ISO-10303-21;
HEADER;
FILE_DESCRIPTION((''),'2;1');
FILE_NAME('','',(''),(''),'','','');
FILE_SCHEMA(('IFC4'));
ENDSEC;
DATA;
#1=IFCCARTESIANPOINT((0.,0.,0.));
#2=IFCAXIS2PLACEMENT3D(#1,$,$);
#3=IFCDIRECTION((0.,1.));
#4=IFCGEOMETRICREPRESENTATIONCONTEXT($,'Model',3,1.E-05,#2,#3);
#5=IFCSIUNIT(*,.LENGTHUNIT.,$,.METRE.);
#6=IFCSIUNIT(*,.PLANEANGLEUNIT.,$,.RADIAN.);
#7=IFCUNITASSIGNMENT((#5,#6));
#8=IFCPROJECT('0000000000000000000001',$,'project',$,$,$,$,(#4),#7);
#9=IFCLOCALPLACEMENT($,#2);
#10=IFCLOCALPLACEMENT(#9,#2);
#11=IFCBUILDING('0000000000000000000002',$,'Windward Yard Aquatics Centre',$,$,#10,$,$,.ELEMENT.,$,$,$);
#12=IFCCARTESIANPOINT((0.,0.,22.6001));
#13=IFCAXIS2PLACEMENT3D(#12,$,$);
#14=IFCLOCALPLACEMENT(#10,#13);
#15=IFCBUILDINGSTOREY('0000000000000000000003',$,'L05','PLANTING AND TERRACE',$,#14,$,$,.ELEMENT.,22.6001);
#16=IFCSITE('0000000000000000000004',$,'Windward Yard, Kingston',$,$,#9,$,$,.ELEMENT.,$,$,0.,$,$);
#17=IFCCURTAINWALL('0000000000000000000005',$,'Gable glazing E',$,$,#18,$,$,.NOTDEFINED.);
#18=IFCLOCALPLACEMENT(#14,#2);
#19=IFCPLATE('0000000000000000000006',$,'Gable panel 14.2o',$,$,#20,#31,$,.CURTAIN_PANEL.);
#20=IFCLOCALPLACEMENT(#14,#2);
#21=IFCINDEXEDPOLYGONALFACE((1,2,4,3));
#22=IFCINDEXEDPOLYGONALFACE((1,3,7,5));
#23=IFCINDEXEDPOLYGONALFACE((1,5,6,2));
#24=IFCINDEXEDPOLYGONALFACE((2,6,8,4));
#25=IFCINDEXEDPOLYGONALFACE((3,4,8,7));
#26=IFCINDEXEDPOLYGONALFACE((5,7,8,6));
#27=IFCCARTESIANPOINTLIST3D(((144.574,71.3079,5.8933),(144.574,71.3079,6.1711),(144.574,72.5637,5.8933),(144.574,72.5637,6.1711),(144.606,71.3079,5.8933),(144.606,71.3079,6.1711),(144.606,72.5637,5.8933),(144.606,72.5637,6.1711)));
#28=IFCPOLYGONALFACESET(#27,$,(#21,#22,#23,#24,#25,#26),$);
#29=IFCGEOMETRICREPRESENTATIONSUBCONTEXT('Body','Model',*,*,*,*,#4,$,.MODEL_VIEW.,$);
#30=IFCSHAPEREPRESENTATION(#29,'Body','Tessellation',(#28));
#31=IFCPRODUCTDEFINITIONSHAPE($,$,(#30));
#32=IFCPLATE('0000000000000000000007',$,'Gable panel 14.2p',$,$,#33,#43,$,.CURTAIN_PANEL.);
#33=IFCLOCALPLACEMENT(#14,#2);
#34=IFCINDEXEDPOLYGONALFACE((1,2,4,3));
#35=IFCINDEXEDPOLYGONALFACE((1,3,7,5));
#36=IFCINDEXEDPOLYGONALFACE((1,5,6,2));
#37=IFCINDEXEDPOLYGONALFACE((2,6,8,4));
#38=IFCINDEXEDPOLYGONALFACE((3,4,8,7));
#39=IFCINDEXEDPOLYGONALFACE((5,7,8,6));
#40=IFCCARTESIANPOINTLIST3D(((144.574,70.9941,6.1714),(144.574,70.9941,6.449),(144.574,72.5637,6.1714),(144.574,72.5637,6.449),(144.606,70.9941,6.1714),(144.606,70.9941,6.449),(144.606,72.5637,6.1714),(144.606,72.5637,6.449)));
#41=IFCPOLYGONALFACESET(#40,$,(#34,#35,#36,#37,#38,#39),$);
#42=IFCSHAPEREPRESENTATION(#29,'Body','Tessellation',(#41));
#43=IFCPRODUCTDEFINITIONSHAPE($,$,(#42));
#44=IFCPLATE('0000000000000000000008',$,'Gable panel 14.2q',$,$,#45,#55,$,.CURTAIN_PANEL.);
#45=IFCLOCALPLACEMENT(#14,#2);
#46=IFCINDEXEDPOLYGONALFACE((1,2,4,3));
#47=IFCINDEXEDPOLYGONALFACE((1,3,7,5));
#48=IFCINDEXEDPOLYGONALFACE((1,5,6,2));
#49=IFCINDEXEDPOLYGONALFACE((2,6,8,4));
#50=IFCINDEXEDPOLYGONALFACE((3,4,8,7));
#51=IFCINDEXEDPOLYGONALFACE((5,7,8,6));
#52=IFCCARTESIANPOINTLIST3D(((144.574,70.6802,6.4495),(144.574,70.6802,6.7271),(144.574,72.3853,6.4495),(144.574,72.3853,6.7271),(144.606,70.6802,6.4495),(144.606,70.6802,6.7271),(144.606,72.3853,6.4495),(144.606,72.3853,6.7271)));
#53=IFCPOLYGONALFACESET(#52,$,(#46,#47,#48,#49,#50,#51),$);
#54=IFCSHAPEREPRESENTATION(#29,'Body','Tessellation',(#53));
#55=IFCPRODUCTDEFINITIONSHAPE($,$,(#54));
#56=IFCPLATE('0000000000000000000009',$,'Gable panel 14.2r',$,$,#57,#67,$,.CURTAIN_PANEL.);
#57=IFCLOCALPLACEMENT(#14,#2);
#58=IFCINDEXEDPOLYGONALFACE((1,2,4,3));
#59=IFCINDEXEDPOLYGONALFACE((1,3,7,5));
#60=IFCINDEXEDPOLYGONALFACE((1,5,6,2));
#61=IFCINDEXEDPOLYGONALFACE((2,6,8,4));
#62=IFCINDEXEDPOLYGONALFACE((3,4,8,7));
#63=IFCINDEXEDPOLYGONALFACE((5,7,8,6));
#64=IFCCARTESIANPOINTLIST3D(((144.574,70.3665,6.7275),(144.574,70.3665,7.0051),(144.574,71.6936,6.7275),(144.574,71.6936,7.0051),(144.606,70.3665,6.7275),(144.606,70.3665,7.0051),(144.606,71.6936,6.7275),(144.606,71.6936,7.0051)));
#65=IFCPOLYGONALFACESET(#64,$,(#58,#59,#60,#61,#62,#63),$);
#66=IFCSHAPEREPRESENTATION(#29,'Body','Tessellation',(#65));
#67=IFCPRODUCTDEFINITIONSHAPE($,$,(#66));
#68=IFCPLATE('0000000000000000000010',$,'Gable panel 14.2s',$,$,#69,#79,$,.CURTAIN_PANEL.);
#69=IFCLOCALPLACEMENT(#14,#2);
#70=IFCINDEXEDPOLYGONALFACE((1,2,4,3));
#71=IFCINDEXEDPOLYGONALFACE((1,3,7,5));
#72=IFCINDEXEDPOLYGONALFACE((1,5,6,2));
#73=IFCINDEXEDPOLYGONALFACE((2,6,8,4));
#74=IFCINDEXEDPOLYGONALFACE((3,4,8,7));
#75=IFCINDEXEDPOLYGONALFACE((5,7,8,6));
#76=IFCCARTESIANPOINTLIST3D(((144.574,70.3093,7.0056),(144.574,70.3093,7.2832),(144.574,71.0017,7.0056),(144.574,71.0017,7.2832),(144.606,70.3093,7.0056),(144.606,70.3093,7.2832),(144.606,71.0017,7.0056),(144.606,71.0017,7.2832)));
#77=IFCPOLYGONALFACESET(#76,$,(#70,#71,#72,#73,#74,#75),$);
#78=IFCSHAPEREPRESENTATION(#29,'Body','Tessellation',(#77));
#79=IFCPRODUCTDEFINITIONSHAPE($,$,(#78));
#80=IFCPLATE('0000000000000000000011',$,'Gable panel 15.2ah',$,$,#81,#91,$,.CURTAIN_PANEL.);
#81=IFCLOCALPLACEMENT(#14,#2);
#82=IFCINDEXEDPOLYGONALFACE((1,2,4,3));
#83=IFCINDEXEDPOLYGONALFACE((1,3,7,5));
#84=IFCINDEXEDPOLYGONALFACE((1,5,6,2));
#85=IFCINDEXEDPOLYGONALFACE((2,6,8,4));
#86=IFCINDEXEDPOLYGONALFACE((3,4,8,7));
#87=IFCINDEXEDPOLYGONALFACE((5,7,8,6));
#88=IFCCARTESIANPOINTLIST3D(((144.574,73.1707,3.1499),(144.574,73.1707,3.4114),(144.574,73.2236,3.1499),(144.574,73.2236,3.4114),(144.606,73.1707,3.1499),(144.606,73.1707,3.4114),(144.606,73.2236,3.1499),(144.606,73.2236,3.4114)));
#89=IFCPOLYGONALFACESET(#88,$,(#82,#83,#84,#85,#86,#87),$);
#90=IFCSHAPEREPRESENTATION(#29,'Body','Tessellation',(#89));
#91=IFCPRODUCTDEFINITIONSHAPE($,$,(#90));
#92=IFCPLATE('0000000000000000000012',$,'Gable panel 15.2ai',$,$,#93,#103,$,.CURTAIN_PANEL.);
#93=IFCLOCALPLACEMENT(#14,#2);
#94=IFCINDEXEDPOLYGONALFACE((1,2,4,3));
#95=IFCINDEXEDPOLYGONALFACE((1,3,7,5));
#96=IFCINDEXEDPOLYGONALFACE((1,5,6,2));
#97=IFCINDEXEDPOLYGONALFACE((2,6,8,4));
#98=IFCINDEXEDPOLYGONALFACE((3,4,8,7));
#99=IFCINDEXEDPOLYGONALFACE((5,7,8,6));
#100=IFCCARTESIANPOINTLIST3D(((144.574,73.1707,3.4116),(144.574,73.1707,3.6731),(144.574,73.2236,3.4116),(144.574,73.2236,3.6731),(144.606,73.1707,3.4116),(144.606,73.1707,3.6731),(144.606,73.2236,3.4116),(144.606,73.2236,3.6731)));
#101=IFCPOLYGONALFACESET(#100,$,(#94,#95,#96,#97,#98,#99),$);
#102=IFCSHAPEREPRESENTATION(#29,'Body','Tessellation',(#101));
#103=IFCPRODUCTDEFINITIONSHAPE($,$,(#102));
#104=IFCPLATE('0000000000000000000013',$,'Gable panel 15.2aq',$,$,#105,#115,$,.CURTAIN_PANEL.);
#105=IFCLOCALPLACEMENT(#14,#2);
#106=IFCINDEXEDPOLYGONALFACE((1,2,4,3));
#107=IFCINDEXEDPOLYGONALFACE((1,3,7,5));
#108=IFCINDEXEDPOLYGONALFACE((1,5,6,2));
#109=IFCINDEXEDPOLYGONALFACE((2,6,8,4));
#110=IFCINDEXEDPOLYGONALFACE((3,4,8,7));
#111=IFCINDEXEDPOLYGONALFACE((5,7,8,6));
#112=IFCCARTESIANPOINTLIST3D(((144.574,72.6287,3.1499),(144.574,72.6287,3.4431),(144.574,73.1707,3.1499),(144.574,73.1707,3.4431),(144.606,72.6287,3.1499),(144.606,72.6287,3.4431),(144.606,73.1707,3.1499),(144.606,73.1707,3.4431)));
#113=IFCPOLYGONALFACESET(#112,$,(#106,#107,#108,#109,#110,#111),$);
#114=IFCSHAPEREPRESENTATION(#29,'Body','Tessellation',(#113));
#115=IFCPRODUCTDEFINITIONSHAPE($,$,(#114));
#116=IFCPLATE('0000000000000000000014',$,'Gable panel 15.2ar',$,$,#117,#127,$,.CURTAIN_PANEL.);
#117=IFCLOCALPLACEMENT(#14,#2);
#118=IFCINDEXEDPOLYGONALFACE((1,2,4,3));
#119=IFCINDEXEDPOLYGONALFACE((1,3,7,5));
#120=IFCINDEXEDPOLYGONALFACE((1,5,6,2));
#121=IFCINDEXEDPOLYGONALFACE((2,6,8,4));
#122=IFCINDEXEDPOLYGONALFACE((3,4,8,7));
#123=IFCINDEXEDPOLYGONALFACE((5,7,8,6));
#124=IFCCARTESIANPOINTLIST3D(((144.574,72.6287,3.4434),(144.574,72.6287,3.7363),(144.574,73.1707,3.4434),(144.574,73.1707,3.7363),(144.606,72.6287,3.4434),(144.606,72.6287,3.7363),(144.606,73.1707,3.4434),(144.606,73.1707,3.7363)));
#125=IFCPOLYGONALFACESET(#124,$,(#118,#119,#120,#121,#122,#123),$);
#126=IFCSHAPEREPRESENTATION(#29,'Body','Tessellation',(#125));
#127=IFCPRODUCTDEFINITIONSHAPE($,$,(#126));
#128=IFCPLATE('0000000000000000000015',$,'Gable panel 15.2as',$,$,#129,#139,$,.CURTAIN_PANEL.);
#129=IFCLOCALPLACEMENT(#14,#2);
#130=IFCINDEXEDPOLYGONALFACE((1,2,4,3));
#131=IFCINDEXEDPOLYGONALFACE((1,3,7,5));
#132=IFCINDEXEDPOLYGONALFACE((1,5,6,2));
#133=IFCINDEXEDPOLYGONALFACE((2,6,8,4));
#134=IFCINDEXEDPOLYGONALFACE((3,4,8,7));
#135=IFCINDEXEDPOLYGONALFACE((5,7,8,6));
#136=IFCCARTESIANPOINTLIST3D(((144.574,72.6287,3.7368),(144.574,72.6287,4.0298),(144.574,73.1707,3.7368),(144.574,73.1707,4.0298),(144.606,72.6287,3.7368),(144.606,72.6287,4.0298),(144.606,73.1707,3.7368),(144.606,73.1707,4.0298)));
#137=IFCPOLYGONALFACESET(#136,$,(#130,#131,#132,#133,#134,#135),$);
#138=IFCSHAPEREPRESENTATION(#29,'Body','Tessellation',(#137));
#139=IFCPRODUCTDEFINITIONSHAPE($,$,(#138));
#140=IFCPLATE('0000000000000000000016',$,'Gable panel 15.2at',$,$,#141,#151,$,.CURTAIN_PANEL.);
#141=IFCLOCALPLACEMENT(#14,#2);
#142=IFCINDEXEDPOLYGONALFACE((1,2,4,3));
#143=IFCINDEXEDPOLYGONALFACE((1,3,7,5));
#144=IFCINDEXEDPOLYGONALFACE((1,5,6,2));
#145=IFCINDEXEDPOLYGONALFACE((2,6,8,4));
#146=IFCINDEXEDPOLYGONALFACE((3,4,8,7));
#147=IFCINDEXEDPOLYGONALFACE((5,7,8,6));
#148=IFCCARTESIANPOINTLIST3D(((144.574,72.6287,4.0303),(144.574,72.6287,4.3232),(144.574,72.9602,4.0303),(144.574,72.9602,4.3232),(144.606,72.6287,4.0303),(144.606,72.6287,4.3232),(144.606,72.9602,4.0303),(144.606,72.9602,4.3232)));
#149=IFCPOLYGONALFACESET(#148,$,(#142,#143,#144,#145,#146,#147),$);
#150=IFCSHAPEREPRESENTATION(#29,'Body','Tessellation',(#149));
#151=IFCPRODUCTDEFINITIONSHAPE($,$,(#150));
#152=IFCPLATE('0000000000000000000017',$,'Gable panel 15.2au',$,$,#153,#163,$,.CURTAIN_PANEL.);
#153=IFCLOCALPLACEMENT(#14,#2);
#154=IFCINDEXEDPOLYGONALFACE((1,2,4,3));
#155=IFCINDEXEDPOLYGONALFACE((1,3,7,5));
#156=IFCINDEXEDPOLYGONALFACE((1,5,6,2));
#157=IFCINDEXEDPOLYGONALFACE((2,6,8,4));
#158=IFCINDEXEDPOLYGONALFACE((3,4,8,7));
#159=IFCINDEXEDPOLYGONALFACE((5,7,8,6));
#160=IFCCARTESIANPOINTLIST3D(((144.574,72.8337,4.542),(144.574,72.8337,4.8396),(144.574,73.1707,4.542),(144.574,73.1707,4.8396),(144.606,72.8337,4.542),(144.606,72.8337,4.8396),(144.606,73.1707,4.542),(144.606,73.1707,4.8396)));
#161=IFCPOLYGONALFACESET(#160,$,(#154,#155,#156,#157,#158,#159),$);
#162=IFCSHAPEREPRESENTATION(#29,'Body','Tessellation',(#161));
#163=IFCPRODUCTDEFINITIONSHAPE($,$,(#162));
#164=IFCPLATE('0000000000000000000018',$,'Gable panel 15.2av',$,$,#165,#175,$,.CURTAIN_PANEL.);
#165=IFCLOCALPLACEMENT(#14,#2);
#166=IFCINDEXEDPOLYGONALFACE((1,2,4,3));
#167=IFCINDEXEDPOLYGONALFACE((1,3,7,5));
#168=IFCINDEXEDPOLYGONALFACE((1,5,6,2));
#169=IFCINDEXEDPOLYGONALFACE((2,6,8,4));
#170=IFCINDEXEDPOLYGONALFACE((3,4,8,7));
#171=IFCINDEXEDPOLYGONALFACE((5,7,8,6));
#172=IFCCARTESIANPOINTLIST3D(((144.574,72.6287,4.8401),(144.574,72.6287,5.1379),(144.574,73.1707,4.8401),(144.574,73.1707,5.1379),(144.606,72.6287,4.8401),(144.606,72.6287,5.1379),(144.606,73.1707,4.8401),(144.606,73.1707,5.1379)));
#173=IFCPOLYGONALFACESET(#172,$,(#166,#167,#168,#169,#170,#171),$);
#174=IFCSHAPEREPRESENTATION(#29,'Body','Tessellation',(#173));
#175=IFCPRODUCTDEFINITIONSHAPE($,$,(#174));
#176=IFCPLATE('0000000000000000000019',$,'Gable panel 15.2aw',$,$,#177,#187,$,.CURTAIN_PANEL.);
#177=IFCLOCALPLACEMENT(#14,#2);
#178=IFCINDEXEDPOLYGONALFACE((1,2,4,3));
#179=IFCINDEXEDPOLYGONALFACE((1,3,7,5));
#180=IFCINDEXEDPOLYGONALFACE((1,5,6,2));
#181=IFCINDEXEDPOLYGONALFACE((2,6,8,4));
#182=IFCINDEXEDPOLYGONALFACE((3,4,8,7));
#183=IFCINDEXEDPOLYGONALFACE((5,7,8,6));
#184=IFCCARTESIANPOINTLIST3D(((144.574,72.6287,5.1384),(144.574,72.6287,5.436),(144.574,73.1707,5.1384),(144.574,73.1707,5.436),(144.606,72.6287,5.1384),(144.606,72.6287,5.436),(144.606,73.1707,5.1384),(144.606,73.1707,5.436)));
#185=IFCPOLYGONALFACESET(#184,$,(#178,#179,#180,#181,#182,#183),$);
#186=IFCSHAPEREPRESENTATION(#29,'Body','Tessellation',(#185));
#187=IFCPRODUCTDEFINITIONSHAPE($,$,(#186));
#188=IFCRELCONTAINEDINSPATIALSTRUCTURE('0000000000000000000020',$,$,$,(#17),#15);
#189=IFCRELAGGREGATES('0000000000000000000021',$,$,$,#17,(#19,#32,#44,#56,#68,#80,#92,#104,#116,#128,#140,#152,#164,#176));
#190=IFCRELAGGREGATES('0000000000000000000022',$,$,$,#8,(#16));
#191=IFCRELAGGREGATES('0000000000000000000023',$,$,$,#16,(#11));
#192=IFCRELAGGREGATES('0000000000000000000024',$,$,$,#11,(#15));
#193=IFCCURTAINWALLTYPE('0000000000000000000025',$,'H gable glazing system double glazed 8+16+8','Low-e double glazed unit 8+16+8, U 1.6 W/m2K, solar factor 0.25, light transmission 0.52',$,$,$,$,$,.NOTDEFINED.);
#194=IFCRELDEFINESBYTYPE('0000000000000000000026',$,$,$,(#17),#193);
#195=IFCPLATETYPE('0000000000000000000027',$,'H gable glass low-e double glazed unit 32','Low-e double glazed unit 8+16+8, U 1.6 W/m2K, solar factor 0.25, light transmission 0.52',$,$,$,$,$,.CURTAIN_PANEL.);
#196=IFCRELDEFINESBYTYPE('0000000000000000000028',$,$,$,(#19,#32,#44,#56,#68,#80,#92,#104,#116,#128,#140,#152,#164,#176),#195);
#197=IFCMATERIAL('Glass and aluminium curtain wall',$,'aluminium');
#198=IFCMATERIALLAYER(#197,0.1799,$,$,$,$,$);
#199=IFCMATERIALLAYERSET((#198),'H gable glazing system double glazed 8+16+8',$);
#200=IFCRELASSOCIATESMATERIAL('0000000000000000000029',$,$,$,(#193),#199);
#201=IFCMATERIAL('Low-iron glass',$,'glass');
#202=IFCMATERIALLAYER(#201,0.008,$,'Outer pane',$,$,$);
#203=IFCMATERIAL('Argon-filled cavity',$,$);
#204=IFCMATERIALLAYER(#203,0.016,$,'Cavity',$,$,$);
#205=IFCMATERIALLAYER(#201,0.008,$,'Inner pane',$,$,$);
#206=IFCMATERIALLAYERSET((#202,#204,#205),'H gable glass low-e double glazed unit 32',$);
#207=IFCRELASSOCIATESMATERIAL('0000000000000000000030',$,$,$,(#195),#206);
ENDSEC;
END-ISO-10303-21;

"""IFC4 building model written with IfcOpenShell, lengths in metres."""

from ifc_helpers import new_model, si_unit, direction, frame, origin, place, context, subcontext, project, spatial, polyline, outline, extrude, material, layer, layer_set, type_object, element, aggregate, save


model = new_model("IFC4")

# Units and contexts
model_context = context("Model", 3, precision=1e-05, world=origin(), true_north=direction((0.0, 1.0)))
body_context = subcontext(model_context, "Body", "Model", "MODEL_VIEW")
ifc_project = project(units=[si_unit("LENGTHUNIT", "METRE"), si_unit("PLANEANGLEUNIT", "RADIAN")], contexts=[model_context])

# Site, building, storey
site_placement = place(None, origin())
site = spatial("IfcSite", under=ifc_project, at=site_placement, Name="Windward Yard, Kingston", CompositionType="ELEMENT", RefElevation=0.0)
building_placement = place(site_placement, origin())
building = spatial("IfcBuilding", under=site, at=building_placement, Name="Windward Yard Aquatics Centre", CompositionType="ELEMENT")
storey_placement = place(building_placement, frame((0.0, 0.0, 22.6001)))
storey = spatial("IfcBuildingStorey", under=building, at=storey_placement, Name="L05", Description="PLANTING AND TERRACE", CompositionType="ELEMENT", Elevation=22.6001)

# Curtain wall, plates
ifc_material_1 = material(Name="Glass and aluminium curtain wall", Category="aluminium")
ifc_layer_1 = layer(ifc_material_1, 0.1799)
ifc_layer_set_1 = layer_set([ifc_layer_1], Name="H gable glazing system double glazed 8+16+8")
curtain_wall_type = type_object("IfcCurtainWallType", Name="H gable glazing system double glazed 8+16+8", Description="Low-e double glazed unit 8+16+8, U 1.6 W/m2K, solar factor 0.25, light transmission 0.52", PredefinedType="NOTDEFINED", material=ifc_layer_set_1)
curtain_wall_placement = place(storey_placement, origin())
curtain_wall = element("IfcCurtainWall", 1, at=curtain_wall_placement, inside=storey, type_object=curtain_wall_type, Name="Gable glazing E", PredefinedType="NOTDEFINED")
ifc_material_2 = material(Name="Low-iron glass", Category="glass")
ifc_layer_2 = layer(ifc_material_2, 0.008, Name="Outer pane")
ifc_material_3 = material(Name="Argon-filled cavity")
ifc_layer_3 = layer(ifc_material_3, 0.016, Name="Cavity")
ifc_layer_4 = layer(ifc_material_2, 0.008, Name="Inner pane")
ifc_layer_set_2 = layer_set([ifc_layer_2, ifc_layer_3, ifc_layer_4], Name="H gable glass low-e double glazed unit 32")
plate_type = type_object("IfcPlateType", Name="H gable glass low-e double glazed unit 32", Description="Low-e double glazed unit 8+16+8, U 1.6 W/m2K, solar factor 0.25, light transmission 0.52", PredefinedType="CURTAIN_PANEL", material=ifc_layer_set_2)
plate_1_placement = place(storey_placement, frame((144.606, 71.3079, 5.8933), z_axis=(1.0, 0.0, 0.0), x_axis=(0.0, 1.0, 0.0)))
plate_1 = element("IfcPlate", 2, at=plate_1_placement, type_object=plate_type, Name="Gable panel 14.2o", PredefinedType="CURTAIN_PANEL", context=body_context, shape_type="SweptSolid", body=[
    extrude(outline(polyline([(0.0, 0.0), (1.2559, 0.0), (1.2559, 0.2778), (0.0, 0.2778), (0.0, 0.0)])), origin(), (0.0, 0.0, -1.0), 0.032),
])
plate_2_placement = place(storey_placement, frame((144.606, 70.9941, 6.1714), z_axis=(1.0, 0.0, 0.0), x_axis=(0.0, 1.0, 0.0)))
plate_2 = element("IfcPlate", 3, at=plate_2_placement, type_object=plate_type, Name="Gable panel 14.2p", PredefinedType="CURTAIN_PANEL", context=body_context, shape_type="SweptSolid", body=[
    extrude(outline(polyline([(0.0, 0.0), (1.5696, 0.0), (1.5696, 0.2776), (0.0, 0.2776), (0.0, 0.0)])), origin(), (0.0, 0.0, -1.0), 0.032),
])
plate_3_placement = place(storey_placement, frame((144.606, 70.6802, 6.4495), z_axis=(1.0, 0.0, 0.0), x_axis=(0.0, 1.0, 0.0)))
plate_3 = element("IfcPlate", 4, at=plate_3_placement, type_object=plate_type, Name="Gable panel 14.2q", PredefinedType="CURTAIN_PANEL", context=body_context, shape_type="SweptSolid", body=[
    extrude(outline(polyline([(0.0, 0.0), (1.7051, 0.0), (1.7051, 0.2776), (0.0, 0.2776), (0.0, 0.0)])), origin(), (0.0, 0.0, -1.0), 0.032),
])
plate_4_placement = place(storey_placement, frame((144.606, 70.3665, 6.7275), z_axis=(1.0, 0.0, 0.0), x_axis=(0.0, 1.0, 0.0)))
plate_4 = element("IfcPlate", 5, at=plate_4_placement, type_object=plate_type, Name="Gable panel 14.2r", PredefinedType="CURTAIN_PANEL", context=body_context, shape_type="SweptSolid", body=[
    extrude(outline(polyline([(0.0, 0.0), (1.3271, 0.0), (1.3271, 0.2776), (0.0, 0.2776), (0.0, 0.0)])), origin(), (0.0, 0.0, -1.0), 0.032),
])
plate_5_placement = place(storey_placement, frame((144.606, 70.3093, 7.0056), z_axis=(1.0, 0.0, 0.0), x_axis=(0.0, 1.0, 0.0)))
plate_5 = element("IfcPlate", 6, at=plate_5_placement, type_object=plate_type, Name="Gable panel 14.2s", PredefinedType="CURTAIN_PANEL", context=body_context, shape_type="SweptSolid", body=[
    extrude(outline(polyline([(0.0, 0.0), (0.6924, 0.0), (0.6924, 0.2776), (0.0, 0.2776), (0.0, 0.0)])), origin(), (0.0, 0.0, -1.0), 0.032),
])
plate_6_placement = place(storey_placement, frame((144.606, 73.1707, 3.1499), z_axis=(1.0, 0.0, 0.0), x_axis=(0.0, 1.0, 0.0)))
plate_6 = element("IfcPlate", 7, at=plate_6_placement, type_object=plate_type, Name="Gable panel 15.2ah", PredefinedType="CURTAIN_PANEL", context=body_context, shape_type="SweptSolid", body=[
    extrude(outline(polyline([(0.0, 0.0), (0.053, 0.0), (0.053, 0.2615), (0.0, 0.2615), (0.0, 0.0)])), origin(), (0.0, 0.0, -1.0), 0.032),
])
plate_7_placement = place(storey_placement, frame((144.606, 73.1707, 3.4116), z_axis=(1.0, 0.0, 0.0), x_axis=(0.0, 1.0, 0.0)))
plate_7 = element("IfcPlate", 8, at=plate_7_placement, type_object=plate_type, Name="Gable panel 15.2ai", PredefinedType="CURTAIN_PANEL", context=body_context, shape_type="SweptSolid", body=[
    extrude(outline(polyline([(0.0, 0.0), (0.053, 0.0), (0.053, 0.2615), (0.0, 0.2615), (0.0, 0.0)])), origin(), (0.0, 0.0, -1.0), 0.032),
])
plate_8_placement = place(storey_placement, frame((144.606, 72.6287, 3.1499), z_axis=(1.0, 0.0, 0.0), x_axis=(0.0, 1.0, 0.0)))
plate_8 = element("IfcPlate", 9, at=plate_8_placement, type_object=plate_type, Name="Gable panel 15.2aq", PredefinedType="CURTAIN_PANEL", context=body_context, shape_type="SweptSolid", body=[
    extrude(outline(polyline([(0.0, 0.0), (0.542, 0.0), (0.542, 0.2932), (0.0, 0.2932), (0.0, 0.0)])), origin(), (0.0, 0.0, -1.0), 0.032),
])
plate_9_placement = place(storey_placement, frame((144.606, 72.6287, 3.4434), z_axis=(1.0, 0.0, 0.0), x_axis=(0.0, 1.0, 0.0)))
plate_9 = element("IfcPlate", 10, at=plate_9_placement, type_object=plate_type, Name="Gable panel 15.2ar", PredefinedType="CURTAIN_PANEL", context=body_context, shape_type="SweptSolid", body=[
    extrude(outline(polyline([(0.0, 0.0), (0.542, 0.0), (0.542, 0.293), (0.0, 0.293), (0.0, 0.0)])), origin(), (0.0, 0.0, -1.0), 0.032),
])
plate_10_placement = place(storey_placement, frame((144.606, 72.6287, 3.7368), z_axis=(1.0, 0.0, 0.0), x_axis=(0.0, 1.0, 0.0)))
plate_10 = element("IfcPlate", 11, at=plate_10_placement, type_object=plate_type, Name="Gable panel 15.2as", PredefinedType="CURTAIN_PANEL", context=body_context, shape_type="SweptSolid", body=[
    extrude(outline(polyline([(0.0, 0.0), (0.542, 0.0), (0.542, 0.293), (0.0, 0.293), (0.0, 0.0)])), origin(), (0.0, 0.0, -1.0), 0.032),
])
plate_11_placement = place(storey_placement, frame((144.606, 72.6287, 4.0303), z_axis=(1.0, 0.0, 0.0), x_axis=(0.0, 1.0, 0.0)))
plate_11 = element("IfcPlate", 12, at=plate_11_placement, type_object=plate_type, Name="Gable panel 15.2at", PredefinedType="CURTAIN_PANEL", context=body_context, shape_type="SweptSolid", body=[
    extrude(outline(polyline([(0.0, 0.0), (0.3315, 0.0), (0.3315, 0.293), (0.0, 0.293), (0.0, 0.0)])), origin(), (0.0, 0.0, -1.0), 0.032),
])
plate_12_placement = place(storey_placement, frame((144.606, 72.8337, 4.542), z_axis=(1.0, 0.0, 0.0), x_axis=(0.0, 1.0, 0.0)))
plate_12 = element("IfcPlate", 13, at=plate_12_placement, type_object=plate_type, Name="Gable panel 15.2au", PredefinedType="CURTAIN_PANEL", context=body_context, shape_type="SweptSolid", body=[
    extrude(outline(polyline([(0.0, 0.0), (0.3369, 0.0), (0.3369, 0.2976), (0.0, 0.2976), (0.0, 0.0)])), origin(), (0.0, 0.0, -1.0), 0.032),
])
plate_13_placement = place(storey_placement, frame((144.606, 72.6287, 4.8401), z_axis=(1.0, 0.0, 0.0), x_axis=(0.0, 1.0, 0.0)))
plate_13 = element("IfcPlate", 14, at=plate_13_placement, type_object=plate_type, Name="Gable panel 15.2av", PredefinedType="CURTAIN_PANEL", context=body_context, shape_type="SweptSolid", body=[
    extrude(outline(polyline([(0.0, 0.0), (0.542, 0.0), (0.542, 0.2979), (0.0, 0.2979), (0.0, 0.0)])), origin(), (0.0, 0.0, -1.0), 0.032),
])
plate_14_placement = place(storey_placement, frame((144.606, 72.6287, 5.1384), z_axis=(1.0, 0.0, 0.0), x_axis=(0.0, 1.0, 0.0)))
plate_14 = element("IfcPlate", 15, at=plate_14_placement, type_object=plate_type, Name="Gable panel 15.2aw", PredefinedType="CURTAIN_PANEL", context=body_context, shape_type="SweptSolid", body=[
    extrude(outline(polyline([(0.0, 0.0), (0.542, 0.0), (0.542, 0.2976), (0.0, 0.2976), (0.0, 0.0)])), origin(), (0.0, 0.0, -1.0), 0.032),
])
aggregate(curtain_wall, [plate_1, plate_2, plate_3, plate_4, plate_5, plate_6, plate_7, plate_8, plate_9, plate_10, plate_11, plate_12, plate_13, plate_14])

save(model, "model.ifc")
